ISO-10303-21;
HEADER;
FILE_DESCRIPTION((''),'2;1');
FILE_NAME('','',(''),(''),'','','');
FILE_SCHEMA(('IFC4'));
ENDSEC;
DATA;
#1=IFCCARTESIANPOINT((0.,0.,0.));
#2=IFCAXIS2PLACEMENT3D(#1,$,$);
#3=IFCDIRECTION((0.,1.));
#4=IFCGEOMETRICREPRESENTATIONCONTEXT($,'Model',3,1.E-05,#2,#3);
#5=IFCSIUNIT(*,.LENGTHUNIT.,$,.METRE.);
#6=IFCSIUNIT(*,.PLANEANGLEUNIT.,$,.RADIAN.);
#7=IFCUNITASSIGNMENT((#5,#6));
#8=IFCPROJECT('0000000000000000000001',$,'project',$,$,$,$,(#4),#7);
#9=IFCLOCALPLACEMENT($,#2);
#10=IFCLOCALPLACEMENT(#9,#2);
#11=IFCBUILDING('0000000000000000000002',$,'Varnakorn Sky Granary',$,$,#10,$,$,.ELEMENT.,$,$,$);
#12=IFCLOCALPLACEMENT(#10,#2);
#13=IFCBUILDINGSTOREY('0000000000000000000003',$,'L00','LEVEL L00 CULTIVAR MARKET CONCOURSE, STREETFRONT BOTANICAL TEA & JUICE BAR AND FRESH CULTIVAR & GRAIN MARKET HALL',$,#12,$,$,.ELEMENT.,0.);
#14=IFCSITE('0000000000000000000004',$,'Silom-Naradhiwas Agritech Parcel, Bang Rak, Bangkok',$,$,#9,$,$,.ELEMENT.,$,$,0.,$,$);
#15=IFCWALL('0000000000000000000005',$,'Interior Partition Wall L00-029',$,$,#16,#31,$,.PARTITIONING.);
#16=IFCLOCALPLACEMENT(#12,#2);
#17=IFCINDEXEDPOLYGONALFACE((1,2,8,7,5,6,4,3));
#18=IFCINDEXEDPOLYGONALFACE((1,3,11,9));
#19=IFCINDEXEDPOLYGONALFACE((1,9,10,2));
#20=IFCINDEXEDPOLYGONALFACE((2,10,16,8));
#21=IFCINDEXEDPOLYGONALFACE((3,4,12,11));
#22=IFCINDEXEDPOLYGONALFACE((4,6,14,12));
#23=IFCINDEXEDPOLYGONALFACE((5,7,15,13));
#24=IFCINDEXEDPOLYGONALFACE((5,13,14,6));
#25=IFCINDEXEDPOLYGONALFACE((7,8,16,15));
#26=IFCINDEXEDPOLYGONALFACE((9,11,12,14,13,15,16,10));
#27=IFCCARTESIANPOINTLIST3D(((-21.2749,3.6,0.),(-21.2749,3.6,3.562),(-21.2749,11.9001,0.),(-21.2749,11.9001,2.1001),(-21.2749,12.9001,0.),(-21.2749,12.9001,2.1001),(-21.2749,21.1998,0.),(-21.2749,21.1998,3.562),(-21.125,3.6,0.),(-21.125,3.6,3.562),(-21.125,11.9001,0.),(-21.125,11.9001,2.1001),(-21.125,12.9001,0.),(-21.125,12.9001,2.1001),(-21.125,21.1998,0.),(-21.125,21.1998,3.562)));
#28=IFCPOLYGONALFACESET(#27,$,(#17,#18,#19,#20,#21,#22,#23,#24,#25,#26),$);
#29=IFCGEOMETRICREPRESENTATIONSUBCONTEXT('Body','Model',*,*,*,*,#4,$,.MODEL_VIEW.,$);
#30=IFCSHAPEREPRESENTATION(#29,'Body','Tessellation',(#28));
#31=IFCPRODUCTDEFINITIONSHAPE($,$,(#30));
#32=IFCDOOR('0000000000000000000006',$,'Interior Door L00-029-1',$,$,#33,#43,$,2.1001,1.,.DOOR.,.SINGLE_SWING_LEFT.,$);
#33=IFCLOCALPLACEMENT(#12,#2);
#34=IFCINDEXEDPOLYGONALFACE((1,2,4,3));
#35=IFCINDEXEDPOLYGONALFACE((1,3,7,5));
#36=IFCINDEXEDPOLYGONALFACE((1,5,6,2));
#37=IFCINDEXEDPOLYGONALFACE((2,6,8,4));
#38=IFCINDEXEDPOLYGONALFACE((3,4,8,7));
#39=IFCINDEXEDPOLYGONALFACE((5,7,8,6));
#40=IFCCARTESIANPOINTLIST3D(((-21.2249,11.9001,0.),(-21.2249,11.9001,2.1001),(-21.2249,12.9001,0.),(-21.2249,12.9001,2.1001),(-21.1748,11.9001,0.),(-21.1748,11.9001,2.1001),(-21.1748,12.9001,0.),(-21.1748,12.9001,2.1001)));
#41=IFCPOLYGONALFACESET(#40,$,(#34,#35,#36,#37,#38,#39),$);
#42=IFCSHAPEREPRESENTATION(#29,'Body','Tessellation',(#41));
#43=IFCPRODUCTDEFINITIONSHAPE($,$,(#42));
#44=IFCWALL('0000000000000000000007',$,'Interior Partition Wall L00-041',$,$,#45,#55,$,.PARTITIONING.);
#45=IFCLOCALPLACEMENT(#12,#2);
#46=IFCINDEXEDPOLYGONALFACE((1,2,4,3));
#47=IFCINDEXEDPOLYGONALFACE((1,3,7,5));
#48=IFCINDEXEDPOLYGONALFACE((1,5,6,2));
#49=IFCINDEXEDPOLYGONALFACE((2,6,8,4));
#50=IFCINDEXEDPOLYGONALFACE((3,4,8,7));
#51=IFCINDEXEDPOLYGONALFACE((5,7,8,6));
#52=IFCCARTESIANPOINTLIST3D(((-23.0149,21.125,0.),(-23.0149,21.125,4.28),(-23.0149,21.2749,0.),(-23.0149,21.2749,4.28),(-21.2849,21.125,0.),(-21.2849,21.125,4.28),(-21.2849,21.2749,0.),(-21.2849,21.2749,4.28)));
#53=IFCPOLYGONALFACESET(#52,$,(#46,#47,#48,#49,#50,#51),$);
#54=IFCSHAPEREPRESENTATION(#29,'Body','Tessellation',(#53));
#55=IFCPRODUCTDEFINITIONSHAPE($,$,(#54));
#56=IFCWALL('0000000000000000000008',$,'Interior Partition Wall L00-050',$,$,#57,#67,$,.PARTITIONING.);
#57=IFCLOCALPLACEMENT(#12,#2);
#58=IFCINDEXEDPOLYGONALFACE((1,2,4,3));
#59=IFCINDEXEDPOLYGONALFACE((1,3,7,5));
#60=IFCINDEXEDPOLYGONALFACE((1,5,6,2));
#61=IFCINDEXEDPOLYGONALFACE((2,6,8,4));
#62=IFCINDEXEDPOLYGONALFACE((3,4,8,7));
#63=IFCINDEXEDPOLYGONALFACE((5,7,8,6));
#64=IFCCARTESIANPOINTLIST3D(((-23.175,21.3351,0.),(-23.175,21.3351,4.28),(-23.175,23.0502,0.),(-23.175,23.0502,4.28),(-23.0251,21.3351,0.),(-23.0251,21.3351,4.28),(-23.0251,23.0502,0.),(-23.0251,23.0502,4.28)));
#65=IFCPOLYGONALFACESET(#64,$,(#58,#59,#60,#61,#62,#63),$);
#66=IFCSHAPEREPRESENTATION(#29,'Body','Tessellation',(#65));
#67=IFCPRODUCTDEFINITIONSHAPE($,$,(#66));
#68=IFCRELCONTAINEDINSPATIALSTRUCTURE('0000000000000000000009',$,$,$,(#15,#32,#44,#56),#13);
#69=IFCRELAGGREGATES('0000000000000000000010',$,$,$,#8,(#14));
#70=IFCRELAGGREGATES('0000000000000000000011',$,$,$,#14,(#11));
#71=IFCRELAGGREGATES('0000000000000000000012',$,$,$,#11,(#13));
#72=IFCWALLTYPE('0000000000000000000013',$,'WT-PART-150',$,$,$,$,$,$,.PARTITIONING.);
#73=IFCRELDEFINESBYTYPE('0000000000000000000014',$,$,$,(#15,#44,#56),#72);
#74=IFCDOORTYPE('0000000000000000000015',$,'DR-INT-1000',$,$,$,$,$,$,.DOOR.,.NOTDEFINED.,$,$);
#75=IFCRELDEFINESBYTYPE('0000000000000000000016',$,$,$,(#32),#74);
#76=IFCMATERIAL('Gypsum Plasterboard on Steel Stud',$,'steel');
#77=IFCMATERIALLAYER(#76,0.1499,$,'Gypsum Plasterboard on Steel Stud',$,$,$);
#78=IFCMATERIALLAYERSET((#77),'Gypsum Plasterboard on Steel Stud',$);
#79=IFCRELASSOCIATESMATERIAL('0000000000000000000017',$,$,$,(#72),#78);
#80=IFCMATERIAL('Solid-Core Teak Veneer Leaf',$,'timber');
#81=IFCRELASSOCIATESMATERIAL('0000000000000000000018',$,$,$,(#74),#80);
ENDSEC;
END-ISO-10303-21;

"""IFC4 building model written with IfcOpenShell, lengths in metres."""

from ifc_helpers import new_model, si_unit, direction, frame, frame_2d, origin, place, context, subcontext, project, spatial, rectangle, extrude, material, layer, layer_set, type_object, element, fill, save


model = new_model("IFC4")

# Units and contexts
model_context = context("Model", 3, precision=1e-05, world=origin(), true_north=direction((0.0, 1.0)))
body_context = subcontext(model_context, "Body", "Model", "MODEL_VIEW")
ifc_project = project(units=[si_unit("LENGTHUNIT", "METRE"), si_unit("PLANEANGLEUNIT", "RADIAN")], contexts=[model_context])

# Site, building, storey
site_placement = place(None, origin())
site = spatial("IfcSite", under=ifc_project, at=site_placement, Name="Silom-Naradhiwas Agritech Parcel, Bang Rak, Bangkok", CompositionType="ELEMENT", RefElevation=0.0)
building_placement = place(site_placement, origin())
building = spatial("IfcBuilding", under=site, at=building_placement, Name="Varnakorn Sky Granary", CompositionType="ELEMENT")
storey_placement = place(building_placement, origin())
storey = spatial("IfcBuildingStorey", under=building, at=storey_placement, Name="L00", Description="LEVEL L00 CULTIVAR MARKET CONCOURSE, STREETFRONT BOTANICAL TEA & JUICE BAR AND FRESH CULTIVAR & GRAIN MARKET HALL", CompositionType="ELEMENT", Elevation=0.0)

# Wall, opening, door
ifc_material_1 = material(Name="Gypsum Plasterboard on Steel Stud", Category="steel")
ifc_layer_1 = layer(ifc_material_1, 0.1499, Name="Gypsum Plasterboard on Steel Stud")
ifc_layer_set_1 = layer_set([ifc_layer_1], Name="Gypsum Plasterboard on Steel Stud")
wall_type_1 = type_object("IfcWallType", Name="WT-PART-150", PredefinedType="PARTITIONING", material=ifc_layer_set_1)
ifc_material_2 = material(Name="Solid-Core Teak Veneer Leaf", Category="timber")
door_type = type_object("IfcDoorType", Name="DR-INT-1000", OperationType="NOTDEFINED", PredefinedType="DOOR", material=ifc_material_2)
wall_1_placement = place(storey_placement, frame((-21.2, 3.6001, 0.0), z_axis=(0.0, 0.0, 1.0), x_axis=(0.0, 1.0, 0.0)))
wall_1 = element("IfcWall", 1, at=wall_1_placement, inside=storey, type_object=wall_type_1, Name="Interior Partition Wall L00-029", PredefinedType="PARTITIONING", context=body_context, shape_type="SweptSolid", body=[
    extrude(rectangle(XDim=17.5999, YDim=0.1499, at=frame_2d((8.7998, 0.0))), origin(), (0.0, 0.0, 1.0), 3.562),
])
opening_1_placement = place(wall_1_placement, frame((8.3, 0.0, 0.0)))
opening_1 = element("IfcOpeningElement", 2, at=opening_1_placement, cuts=wall_1, PredefinedType="OPENING", context=body_context, shape_type="SweptSolid", body=[
    extrude(rectangle(XDim=1.0, YDim=2.1001, at=frame_2d((0.5, 1.05))), frame((0.0, 0.085, 0.0), z_axis=(0.0, -1.0, 0.0), x_axis=(1.0, 0.0, 0.0)), (0.0, 0.0, 1.0), 0.1699),
])
door_1_placement = place(opening_1_placement, origin())
door_1 = element("IfcDoor", 3, at=door_1_placement, inside=storey, type_object=door_type, Name="Interior Door L00-029-1", OperationType="SINGLE_SWING_LEFT", OverallHeight=2.1001, OverallWidth=1.0, PredefinedType="DOOR", context=body_context, shape_type="SweptSolid", body=[
    extrude(rectangle(XDim=1.0, YDim=2.1001, at=frame_2d((0.5, 1.05))), frame((0.0, 0.0249, 0.0), z_axis=(0.0, -1.0, 0.0), x_axis=(1.0, 0.0, 0.0)), (0.0, 0.0, 1.0), 0.05),
])
fill(opening_1, door_1)

# Walls
wall_2_placement = place(storey_placement, frame((-21.2849, 21.2, 0.0), z_axis=(0.0, 0.0, 1.0), x_axis=(-1.0, 0.0, 0.0)))
element("IfcWall", 4, at=wall_2_placement, inside=storey, type_object=wall_type_1, Name="Interior Partition Wall L00-041", PredefinedType="PARTITIONING", context=body_context, shape_type="SweptSolid", body=[
    extrude(rectangle(XDim=1.73, YDim=0.1499, at=frame_2d((0.865, 0.0))), origin(), (0.0, 0.0, 1.0), 4.28),
])
wall_3_placement = place(storey_placement, frame((-23.1001, 23.05, 0.0), z_axis=(0.0, 0.0, 1.0), x_axis=(0.0, -1.0, 0.0)))
element("IfcWall", 5, at=wall_3_placement, inside=storey, type_object=wall_type_1, Name="Interior Partition Wall L00-050", PredefinedType="PARTITIONING", context=body_context, shape_type="SweptSolid", body=[
    extrude(rectangle(XDim=1.7151, YDim=0.1499, at=frame_2d((0.8574, 0.0))), origin(), (0.0, 0.0, 1.0), 4.28),
])

save(model, "model.ifc")
